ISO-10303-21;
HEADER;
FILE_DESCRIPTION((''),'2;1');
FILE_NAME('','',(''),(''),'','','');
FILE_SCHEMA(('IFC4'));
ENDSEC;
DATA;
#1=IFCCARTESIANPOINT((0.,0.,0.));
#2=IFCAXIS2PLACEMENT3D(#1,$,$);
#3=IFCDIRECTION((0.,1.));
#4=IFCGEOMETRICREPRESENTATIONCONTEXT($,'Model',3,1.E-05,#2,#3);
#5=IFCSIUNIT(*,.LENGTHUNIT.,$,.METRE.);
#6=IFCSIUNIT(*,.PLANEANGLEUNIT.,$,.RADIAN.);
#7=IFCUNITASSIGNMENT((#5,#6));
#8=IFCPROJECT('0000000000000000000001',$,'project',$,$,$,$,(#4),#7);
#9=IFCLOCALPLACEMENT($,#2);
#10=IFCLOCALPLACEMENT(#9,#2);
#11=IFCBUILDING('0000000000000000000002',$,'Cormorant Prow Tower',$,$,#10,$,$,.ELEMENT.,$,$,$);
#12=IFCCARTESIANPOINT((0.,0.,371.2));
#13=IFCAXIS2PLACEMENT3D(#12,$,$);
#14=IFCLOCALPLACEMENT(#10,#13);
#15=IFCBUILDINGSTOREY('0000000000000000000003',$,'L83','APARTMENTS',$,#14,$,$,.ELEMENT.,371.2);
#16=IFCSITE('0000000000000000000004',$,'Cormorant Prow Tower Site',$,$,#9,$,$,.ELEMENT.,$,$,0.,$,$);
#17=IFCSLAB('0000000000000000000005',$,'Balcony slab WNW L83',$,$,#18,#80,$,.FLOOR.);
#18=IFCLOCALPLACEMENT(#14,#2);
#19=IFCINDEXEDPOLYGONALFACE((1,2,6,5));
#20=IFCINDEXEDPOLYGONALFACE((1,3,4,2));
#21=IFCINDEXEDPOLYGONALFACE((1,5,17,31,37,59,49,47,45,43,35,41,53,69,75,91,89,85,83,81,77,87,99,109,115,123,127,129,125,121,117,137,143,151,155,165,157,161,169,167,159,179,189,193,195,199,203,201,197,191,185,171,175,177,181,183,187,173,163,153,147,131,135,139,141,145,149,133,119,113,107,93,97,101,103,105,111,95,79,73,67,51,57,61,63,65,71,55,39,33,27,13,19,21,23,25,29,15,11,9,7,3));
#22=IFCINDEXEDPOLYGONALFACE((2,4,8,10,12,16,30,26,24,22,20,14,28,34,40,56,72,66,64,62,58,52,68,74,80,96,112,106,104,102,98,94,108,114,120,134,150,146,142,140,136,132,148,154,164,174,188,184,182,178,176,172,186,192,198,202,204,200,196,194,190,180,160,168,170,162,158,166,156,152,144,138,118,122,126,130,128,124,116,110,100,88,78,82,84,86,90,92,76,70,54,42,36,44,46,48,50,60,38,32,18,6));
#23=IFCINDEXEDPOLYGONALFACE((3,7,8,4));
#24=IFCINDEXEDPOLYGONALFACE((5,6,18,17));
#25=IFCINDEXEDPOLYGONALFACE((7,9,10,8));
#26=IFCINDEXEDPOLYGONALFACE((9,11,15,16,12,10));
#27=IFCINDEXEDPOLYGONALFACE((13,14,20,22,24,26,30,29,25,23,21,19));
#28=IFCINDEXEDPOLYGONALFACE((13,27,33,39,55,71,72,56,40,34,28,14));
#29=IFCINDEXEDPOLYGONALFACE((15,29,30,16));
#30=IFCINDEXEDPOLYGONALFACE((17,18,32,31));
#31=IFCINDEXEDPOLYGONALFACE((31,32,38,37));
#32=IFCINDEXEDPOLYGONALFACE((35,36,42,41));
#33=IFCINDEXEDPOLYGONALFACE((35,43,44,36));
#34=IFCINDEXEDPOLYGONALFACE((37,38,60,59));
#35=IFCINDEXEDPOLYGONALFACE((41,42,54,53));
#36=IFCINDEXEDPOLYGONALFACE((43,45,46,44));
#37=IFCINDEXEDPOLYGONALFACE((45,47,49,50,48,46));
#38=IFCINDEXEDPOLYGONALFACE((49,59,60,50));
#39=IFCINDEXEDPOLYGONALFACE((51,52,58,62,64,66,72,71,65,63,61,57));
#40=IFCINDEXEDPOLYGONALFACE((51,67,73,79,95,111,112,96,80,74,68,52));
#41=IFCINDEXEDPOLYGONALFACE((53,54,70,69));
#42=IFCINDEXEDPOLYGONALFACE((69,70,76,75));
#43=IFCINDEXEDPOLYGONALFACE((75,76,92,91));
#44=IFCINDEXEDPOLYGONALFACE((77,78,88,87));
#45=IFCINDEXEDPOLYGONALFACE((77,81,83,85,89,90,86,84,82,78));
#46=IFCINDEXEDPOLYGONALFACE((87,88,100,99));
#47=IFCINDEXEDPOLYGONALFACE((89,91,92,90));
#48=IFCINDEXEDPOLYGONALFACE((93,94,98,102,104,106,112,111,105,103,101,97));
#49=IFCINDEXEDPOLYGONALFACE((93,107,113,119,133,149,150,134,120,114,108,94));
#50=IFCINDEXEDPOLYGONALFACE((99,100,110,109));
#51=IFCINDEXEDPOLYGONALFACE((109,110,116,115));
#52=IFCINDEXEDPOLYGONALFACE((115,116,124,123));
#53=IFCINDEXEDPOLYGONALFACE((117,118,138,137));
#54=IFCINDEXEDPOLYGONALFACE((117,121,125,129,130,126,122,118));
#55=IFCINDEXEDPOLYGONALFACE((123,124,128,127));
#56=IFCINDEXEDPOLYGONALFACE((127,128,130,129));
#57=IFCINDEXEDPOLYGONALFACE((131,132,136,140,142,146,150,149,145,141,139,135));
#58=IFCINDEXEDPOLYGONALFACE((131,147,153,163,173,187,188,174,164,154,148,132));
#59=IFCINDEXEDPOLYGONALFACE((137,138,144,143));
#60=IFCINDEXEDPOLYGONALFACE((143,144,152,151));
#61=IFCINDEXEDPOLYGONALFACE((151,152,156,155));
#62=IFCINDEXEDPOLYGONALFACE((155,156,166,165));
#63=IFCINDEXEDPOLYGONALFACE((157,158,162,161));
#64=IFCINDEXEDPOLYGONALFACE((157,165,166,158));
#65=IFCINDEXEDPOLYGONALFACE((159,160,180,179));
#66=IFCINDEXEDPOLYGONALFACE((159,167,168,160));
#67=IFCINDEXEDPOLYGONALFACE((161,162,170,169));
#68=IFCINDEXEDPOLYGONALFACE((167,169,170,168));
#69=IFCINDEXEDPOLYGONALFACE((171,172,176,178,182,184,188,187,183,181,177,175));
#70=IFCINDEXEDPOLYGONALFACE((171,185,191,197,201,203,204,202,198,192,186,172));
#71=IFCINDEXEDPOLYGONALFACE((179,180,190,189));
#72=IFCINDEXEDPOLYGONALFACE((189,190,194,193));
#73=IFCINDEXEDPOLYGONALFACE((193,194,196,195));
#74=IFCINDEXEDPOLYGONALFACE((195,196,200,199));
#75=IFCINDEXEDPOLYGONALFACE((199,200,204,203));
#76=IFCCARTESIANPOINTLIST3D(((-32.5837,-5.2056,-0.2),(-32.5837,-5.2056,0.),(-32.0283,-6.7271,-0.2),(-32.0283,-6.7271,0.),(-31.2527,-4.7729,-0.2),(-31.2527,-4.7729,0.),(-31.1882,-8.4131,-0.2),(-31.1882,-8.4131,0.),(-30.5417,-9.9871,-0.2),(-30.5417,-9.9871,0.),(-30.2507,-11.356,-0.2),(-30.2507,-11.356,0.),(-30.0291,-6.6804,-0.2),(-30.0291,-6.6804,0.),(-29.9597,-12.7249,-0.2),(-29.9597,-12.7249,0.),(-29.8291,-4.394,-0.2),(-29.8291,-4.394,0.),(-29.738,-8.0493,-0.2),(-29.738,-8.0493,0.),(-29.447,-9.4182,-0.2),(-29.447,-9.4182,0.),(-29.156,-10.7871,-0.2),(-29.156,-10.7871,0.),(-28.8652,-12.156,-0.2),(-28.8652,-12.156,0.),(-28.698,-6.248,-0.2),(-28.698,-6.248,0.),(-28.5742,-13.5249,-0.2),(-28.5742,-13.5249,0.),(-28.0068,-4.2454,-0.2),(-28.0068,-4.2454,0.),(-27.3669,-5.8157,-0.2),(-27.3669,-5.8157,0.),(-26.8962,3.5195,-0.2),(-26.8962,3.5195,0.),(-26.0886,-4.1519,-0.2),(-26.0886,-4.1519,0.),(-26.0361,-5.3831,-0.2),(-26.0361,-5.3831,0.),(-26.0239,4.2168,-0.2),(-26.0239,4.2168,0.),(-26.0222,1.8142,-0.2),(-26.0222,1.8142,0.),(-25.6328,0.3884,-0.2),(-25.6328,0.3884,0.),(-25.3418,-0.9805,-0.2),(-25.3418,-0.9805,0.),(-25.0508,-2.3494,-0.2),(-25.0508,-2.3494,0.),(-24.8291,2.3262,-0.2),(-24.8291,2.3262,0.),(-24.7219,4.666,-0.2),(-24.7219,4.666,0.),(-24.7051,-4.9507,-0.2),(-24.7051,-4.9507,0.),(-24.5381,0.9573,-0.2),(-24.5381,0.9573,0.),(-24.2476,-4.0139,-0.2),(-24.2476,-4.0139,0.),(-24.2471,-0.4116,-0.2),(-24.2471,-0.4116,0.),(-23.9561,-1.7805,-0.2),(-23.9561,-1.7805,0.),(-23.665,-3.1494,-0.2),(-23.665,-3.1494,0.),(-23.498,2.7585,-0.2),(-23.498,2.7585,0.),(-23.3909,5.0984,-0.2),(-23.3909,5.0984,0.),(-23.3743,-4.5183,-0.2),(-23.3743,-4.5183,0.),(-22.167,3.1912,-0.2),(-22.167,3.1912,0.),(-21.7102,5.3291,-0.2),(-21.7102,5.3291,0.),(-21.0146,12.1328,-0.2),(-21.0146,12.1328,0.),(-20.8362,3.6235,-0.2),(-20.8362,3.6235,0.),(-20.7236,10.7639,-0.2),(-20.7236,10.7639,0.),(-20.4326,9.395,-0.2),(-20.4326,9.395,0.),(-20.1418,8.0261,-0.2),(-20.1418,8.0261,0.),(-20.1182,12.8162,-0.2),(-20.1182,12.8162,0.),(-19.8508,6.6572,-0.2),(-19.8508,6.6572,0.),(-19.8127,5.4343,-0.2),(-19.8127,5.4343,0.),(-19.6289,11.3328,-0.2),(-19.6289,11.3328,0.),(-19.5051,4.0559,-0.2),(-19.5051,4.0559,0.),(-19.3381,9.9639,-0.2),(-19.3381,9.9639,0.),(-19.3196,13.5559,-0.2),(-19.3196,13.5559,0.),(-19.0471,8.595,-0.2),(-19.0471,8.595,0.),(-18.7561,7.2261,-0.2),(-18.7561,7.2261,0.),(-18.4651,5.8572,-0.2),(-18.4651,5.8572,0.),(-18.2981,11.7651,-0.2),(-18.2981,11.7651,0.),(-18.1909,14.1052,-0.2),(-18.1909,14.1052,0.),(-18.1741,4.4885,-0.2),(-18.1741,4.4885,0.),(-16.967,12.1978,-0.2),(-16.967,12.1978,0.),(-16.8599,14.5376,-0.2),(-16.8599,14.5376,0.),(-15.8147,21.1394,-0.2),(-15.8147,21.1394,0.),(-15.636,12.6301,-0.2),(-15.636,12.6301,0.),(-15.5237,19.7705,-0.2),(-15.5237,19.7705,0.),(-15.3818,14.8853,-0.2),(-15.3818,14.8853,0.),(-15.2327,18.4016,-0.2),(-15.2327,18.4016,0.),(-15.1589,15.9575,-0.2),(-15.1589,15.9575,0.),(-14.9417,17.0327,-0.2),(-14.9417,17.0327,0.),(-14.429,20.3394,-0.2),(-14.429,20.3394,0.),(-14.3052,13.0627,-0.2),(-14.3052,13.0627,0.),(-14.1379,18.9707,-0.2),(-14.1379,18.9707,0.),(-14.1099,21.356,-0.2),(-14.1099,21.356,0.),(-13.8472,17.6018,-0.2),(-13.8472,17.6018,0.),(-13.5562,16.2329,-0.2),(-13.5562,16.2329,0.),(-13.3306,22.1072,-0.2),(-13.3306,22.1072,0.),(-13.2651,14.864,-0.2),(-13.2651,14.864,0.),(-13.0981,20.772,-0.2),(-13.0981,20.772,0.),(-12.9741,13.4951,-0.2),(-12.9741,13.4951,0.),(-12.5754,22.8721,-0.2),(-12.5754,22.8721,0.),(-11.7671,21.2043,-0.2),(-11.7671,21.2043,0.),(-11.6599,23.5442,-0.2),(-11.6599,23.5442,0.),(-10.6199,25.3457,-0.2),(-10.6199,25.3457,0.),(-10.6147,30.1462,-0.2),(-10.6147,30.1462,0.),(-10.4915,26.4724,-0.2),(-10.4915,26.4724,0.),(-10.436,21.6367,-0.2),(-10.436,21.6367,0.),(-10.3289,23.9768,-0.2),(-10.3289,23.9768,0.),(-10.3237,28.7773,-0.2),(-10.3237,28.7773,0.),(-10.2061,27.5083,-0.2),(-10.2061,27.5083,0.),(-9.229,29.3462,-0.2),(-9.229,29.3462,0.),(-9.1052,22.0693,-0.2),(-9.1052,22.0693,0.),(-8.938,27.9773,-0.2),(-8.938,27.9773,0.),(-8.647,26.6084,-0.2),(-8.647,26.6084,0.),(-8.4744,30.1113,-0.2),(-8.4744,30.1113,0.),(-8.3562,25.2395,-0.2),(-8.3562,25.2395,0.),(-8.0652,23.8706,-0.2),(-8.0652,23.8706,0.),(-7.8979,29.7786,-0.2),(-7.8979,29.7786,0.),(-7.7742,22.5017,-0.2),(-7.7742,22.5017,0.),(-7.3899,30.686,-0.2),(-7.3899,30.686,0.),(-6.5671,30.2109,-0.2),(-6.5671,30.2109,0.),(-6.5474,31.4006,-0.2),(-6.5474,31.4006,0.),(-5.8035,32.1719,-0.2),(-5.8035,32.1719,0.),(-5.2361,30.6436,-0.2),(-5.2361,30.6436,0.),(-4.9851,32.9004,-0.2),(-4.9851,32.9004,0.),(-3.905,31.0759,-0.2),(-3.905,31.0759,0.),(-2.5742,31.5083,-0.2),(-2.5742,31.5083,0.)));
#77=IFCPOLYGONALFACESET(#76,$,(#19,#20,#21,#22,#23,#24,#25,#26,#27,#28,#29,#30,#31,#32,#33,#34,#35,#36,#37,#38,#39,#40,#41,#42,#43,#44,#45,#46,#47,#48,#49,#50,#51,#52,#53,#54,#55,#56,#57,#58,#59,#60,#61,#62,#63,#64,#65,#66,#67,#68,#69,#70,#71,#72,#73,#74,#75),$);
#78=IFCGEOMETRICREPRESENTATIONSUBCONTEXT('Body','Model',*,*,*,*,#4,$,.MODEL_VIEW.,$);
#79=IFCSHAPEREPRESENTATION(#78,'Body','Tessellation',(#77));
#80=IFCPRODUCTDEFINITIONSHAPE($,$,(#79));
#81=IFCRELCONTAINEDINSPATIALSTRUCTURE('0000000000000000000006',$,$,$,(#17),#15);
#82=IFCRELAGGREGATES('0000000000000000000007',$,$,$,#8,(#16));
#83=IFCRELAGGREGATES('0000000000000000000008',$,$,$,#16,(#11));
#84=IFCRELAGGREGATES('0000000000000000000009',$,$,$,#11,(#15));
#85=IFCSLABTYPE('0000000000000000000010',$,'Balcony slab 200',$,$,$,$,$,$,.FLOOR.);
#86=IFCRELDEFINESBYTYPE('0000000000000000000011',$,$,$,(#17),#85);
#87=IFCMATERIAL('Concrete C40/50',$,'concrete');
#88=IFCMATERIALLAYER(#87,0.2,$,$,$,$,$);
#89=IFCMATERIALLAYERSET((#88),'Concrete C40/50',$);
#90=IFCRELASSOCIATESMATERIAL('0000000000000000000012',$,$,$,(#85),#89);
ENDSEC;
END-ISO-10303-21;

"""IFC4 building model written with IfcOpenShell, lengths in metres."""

from ifc_helpers import new_model, si_unit, direction, frame, origin, place, context, subcontext, project, spatial, polyline, outline, extrude, material, layer, layer_set, type_object, element, save


model = new_model("IFC4")

# Units and contexts
model_context = context("Model", 3, precision=1e-05, world=origin(), true_north=direction((0.0, 1.0)))
body_context = subcontext(model_context, "Body", "Model", "MODEL_VIEW")
ifc_project = project(units=[si_unit("LENGTHUNIT", "METRE"), si_unit("PLANEANGLEUNIT", "RADIAN")], contexts=[model_context])

# Site, building, storey
site_placement = place(None, origin())
site = spatial("IfcSite", under=ifc_project, at=site_placement, Name="Cormorant Prow Tower Site", CompositionType="ELEMENT", RefElevation=0.0)
building_placement = place(site_placement, origin())
building = spatial("IfcBuilding", under=site, at=building_placement, Name="Cormorant Prow Tower", CompositionType="ELEMENT")
storey_placement = place(building_placement, frame((0.0, 0.0, 371.2)))
storey = spatial("IfcBuildingStorey", under=building, at=storey_placement, Name="L83", Description="APARTMENTS", CompositionType="ELEMENT", Elevation=371.2)

# Slab
ifc_material_1 = material(Name="Concrete C40/50", Category="concrete")
ifc_layer_1 = layer(ifc_material_1, 0.2)
ifc_layer_set_1 = layer_set([ifc_layer_1], Name="Concrete C40/50")
slab_type_1 = type_object("IfcSlabType", Name="Balcony slab 200", PredefinedType="FLOOR", material=ifc_layer_set_1)
slab_1_placement = place(storey_placement, frame((0.0, 0.0, -0.2)))
element("IfcSlab", 1, at=slab_1_placement, inside=storey, type_object=slab_type_1, Name="Balcony slab WNW L83", PredefinedType="FLOOR", context=body_context, shape_type="SweptSolid", body=[
    extrude(outline(polyline([(-2.5742, 31.5083), (-4.9851, 32.9004), (-5.8035, 32.1719), (-6.5474, 31.4006), (-7.3899, 30.686), (-8.4744, 30.1113), (-10.6147, 30.1462), (-10.3237, 28.7773), (-10.2061, 27.5083), (-10.4915, 26.4724), (-10.6199, 25.3457), (-10.3289, 23.9768), (-11.6599, 23.5442), (-12.5754, 22.8721), (-13.3306, 22.1072), (-14.1099, 21.356), (-15.8147, 21.1394), (-15.5237, 19.7705), (-15.2327, 18.4016), (-14.9417, 17.0327), (-15.1589, 15.9575), (-15.3818, 14.8853), (-16.8599, 14.5376), (-18.1909, 14.1052), (-19.3196, 13.5559), (-20.1182, 12.8162), (-21.0146, 12.1328), (-20.7236, 10.7639), (-20.4326, 9.395), (-20.1418, 8.0261), (-19.8508, 6.6572), (-19.8127, 5.4343), (-21.7102, 5.3291), (-23.3909, 5.0984), (-24.7219, 4.666), (-26.0239, 4.2168), (-26.8962, 3.5195), (-26.0222, 1.8142), (-25.6328, 0.3884), (-25.3418, -0.9805), (-25.0508, -2.3494), (-24.2476, -4.0139), (-26.0886, -4.1519), (-28.0068, -4.2454), (-29.8291, -4.394), (-31.2527, -4.7729), (-32.5837, -5.2056), (-32.0283, -6.7271), (-31.1882, -8.4131), (-30.5417, -9.9871), (-30.2507, -11.356), (-29.9597, -12.7249), (-28.5742, -13.5249), (-28.8652, -12.156), (-29.156, -10.7871), (-29.447, -9.4182), (-29.738, -8.0493), (-30.0291, -6.6804), (-28.698, -6.248), (-27.3669, -5.8157), (-26.0361, -5.3831), (-24.7051, -4.9507), (-23.3743, -4.5183), (-23.665, -3.1494), (-23.9561, -1.7805), (-24.2471, -0.4116), (-24.5381, 0.9573), (-24.8291, 2.3262), (-23.498, 2.7585), (-22.167, 3.1912), (-20.8362, 3.6235), (-19.5051, 4.0559), (-18.1741, 4.4885), (-18.4651, 5.8572), (-18.7561, 7.2261), (-19.0471, 8.595), (-19.3381, 9.9639), (-19.6289, 11.3328), (-18.2981, 11.7651), (-16.967, 12.1978), (-15.636, 12.6301), (-14.3052, 13.0627), (-12.9741, 13.4951), (-13.2651, 14.864), (-13.5562, 16.2329), (-13.8472, 17.6018), (-14.1379, 18.9707), (-14.429, 20.3394), (-13.0981, 20.772), (-11.7671, 21.2043), (-10.436, 21.6367), (-9.1052, 22.0693), (-7.7742, 22.5017), (-8.0652, 23.8706), (-8.3562, 25.2395), (-8.647, 26.6084), (-8.938, 27.9773), (-9.229, 29.3462), (-7.8979, 29.7786), (-6.5671, 30.2109), (-5.2361, 30.6436), (-3.905, 31.0759), (-2.5742, 31.5083)])), origin(), (0.0, 0.0, 1.0), 0.2),
])

save(model, "model.ifc")
